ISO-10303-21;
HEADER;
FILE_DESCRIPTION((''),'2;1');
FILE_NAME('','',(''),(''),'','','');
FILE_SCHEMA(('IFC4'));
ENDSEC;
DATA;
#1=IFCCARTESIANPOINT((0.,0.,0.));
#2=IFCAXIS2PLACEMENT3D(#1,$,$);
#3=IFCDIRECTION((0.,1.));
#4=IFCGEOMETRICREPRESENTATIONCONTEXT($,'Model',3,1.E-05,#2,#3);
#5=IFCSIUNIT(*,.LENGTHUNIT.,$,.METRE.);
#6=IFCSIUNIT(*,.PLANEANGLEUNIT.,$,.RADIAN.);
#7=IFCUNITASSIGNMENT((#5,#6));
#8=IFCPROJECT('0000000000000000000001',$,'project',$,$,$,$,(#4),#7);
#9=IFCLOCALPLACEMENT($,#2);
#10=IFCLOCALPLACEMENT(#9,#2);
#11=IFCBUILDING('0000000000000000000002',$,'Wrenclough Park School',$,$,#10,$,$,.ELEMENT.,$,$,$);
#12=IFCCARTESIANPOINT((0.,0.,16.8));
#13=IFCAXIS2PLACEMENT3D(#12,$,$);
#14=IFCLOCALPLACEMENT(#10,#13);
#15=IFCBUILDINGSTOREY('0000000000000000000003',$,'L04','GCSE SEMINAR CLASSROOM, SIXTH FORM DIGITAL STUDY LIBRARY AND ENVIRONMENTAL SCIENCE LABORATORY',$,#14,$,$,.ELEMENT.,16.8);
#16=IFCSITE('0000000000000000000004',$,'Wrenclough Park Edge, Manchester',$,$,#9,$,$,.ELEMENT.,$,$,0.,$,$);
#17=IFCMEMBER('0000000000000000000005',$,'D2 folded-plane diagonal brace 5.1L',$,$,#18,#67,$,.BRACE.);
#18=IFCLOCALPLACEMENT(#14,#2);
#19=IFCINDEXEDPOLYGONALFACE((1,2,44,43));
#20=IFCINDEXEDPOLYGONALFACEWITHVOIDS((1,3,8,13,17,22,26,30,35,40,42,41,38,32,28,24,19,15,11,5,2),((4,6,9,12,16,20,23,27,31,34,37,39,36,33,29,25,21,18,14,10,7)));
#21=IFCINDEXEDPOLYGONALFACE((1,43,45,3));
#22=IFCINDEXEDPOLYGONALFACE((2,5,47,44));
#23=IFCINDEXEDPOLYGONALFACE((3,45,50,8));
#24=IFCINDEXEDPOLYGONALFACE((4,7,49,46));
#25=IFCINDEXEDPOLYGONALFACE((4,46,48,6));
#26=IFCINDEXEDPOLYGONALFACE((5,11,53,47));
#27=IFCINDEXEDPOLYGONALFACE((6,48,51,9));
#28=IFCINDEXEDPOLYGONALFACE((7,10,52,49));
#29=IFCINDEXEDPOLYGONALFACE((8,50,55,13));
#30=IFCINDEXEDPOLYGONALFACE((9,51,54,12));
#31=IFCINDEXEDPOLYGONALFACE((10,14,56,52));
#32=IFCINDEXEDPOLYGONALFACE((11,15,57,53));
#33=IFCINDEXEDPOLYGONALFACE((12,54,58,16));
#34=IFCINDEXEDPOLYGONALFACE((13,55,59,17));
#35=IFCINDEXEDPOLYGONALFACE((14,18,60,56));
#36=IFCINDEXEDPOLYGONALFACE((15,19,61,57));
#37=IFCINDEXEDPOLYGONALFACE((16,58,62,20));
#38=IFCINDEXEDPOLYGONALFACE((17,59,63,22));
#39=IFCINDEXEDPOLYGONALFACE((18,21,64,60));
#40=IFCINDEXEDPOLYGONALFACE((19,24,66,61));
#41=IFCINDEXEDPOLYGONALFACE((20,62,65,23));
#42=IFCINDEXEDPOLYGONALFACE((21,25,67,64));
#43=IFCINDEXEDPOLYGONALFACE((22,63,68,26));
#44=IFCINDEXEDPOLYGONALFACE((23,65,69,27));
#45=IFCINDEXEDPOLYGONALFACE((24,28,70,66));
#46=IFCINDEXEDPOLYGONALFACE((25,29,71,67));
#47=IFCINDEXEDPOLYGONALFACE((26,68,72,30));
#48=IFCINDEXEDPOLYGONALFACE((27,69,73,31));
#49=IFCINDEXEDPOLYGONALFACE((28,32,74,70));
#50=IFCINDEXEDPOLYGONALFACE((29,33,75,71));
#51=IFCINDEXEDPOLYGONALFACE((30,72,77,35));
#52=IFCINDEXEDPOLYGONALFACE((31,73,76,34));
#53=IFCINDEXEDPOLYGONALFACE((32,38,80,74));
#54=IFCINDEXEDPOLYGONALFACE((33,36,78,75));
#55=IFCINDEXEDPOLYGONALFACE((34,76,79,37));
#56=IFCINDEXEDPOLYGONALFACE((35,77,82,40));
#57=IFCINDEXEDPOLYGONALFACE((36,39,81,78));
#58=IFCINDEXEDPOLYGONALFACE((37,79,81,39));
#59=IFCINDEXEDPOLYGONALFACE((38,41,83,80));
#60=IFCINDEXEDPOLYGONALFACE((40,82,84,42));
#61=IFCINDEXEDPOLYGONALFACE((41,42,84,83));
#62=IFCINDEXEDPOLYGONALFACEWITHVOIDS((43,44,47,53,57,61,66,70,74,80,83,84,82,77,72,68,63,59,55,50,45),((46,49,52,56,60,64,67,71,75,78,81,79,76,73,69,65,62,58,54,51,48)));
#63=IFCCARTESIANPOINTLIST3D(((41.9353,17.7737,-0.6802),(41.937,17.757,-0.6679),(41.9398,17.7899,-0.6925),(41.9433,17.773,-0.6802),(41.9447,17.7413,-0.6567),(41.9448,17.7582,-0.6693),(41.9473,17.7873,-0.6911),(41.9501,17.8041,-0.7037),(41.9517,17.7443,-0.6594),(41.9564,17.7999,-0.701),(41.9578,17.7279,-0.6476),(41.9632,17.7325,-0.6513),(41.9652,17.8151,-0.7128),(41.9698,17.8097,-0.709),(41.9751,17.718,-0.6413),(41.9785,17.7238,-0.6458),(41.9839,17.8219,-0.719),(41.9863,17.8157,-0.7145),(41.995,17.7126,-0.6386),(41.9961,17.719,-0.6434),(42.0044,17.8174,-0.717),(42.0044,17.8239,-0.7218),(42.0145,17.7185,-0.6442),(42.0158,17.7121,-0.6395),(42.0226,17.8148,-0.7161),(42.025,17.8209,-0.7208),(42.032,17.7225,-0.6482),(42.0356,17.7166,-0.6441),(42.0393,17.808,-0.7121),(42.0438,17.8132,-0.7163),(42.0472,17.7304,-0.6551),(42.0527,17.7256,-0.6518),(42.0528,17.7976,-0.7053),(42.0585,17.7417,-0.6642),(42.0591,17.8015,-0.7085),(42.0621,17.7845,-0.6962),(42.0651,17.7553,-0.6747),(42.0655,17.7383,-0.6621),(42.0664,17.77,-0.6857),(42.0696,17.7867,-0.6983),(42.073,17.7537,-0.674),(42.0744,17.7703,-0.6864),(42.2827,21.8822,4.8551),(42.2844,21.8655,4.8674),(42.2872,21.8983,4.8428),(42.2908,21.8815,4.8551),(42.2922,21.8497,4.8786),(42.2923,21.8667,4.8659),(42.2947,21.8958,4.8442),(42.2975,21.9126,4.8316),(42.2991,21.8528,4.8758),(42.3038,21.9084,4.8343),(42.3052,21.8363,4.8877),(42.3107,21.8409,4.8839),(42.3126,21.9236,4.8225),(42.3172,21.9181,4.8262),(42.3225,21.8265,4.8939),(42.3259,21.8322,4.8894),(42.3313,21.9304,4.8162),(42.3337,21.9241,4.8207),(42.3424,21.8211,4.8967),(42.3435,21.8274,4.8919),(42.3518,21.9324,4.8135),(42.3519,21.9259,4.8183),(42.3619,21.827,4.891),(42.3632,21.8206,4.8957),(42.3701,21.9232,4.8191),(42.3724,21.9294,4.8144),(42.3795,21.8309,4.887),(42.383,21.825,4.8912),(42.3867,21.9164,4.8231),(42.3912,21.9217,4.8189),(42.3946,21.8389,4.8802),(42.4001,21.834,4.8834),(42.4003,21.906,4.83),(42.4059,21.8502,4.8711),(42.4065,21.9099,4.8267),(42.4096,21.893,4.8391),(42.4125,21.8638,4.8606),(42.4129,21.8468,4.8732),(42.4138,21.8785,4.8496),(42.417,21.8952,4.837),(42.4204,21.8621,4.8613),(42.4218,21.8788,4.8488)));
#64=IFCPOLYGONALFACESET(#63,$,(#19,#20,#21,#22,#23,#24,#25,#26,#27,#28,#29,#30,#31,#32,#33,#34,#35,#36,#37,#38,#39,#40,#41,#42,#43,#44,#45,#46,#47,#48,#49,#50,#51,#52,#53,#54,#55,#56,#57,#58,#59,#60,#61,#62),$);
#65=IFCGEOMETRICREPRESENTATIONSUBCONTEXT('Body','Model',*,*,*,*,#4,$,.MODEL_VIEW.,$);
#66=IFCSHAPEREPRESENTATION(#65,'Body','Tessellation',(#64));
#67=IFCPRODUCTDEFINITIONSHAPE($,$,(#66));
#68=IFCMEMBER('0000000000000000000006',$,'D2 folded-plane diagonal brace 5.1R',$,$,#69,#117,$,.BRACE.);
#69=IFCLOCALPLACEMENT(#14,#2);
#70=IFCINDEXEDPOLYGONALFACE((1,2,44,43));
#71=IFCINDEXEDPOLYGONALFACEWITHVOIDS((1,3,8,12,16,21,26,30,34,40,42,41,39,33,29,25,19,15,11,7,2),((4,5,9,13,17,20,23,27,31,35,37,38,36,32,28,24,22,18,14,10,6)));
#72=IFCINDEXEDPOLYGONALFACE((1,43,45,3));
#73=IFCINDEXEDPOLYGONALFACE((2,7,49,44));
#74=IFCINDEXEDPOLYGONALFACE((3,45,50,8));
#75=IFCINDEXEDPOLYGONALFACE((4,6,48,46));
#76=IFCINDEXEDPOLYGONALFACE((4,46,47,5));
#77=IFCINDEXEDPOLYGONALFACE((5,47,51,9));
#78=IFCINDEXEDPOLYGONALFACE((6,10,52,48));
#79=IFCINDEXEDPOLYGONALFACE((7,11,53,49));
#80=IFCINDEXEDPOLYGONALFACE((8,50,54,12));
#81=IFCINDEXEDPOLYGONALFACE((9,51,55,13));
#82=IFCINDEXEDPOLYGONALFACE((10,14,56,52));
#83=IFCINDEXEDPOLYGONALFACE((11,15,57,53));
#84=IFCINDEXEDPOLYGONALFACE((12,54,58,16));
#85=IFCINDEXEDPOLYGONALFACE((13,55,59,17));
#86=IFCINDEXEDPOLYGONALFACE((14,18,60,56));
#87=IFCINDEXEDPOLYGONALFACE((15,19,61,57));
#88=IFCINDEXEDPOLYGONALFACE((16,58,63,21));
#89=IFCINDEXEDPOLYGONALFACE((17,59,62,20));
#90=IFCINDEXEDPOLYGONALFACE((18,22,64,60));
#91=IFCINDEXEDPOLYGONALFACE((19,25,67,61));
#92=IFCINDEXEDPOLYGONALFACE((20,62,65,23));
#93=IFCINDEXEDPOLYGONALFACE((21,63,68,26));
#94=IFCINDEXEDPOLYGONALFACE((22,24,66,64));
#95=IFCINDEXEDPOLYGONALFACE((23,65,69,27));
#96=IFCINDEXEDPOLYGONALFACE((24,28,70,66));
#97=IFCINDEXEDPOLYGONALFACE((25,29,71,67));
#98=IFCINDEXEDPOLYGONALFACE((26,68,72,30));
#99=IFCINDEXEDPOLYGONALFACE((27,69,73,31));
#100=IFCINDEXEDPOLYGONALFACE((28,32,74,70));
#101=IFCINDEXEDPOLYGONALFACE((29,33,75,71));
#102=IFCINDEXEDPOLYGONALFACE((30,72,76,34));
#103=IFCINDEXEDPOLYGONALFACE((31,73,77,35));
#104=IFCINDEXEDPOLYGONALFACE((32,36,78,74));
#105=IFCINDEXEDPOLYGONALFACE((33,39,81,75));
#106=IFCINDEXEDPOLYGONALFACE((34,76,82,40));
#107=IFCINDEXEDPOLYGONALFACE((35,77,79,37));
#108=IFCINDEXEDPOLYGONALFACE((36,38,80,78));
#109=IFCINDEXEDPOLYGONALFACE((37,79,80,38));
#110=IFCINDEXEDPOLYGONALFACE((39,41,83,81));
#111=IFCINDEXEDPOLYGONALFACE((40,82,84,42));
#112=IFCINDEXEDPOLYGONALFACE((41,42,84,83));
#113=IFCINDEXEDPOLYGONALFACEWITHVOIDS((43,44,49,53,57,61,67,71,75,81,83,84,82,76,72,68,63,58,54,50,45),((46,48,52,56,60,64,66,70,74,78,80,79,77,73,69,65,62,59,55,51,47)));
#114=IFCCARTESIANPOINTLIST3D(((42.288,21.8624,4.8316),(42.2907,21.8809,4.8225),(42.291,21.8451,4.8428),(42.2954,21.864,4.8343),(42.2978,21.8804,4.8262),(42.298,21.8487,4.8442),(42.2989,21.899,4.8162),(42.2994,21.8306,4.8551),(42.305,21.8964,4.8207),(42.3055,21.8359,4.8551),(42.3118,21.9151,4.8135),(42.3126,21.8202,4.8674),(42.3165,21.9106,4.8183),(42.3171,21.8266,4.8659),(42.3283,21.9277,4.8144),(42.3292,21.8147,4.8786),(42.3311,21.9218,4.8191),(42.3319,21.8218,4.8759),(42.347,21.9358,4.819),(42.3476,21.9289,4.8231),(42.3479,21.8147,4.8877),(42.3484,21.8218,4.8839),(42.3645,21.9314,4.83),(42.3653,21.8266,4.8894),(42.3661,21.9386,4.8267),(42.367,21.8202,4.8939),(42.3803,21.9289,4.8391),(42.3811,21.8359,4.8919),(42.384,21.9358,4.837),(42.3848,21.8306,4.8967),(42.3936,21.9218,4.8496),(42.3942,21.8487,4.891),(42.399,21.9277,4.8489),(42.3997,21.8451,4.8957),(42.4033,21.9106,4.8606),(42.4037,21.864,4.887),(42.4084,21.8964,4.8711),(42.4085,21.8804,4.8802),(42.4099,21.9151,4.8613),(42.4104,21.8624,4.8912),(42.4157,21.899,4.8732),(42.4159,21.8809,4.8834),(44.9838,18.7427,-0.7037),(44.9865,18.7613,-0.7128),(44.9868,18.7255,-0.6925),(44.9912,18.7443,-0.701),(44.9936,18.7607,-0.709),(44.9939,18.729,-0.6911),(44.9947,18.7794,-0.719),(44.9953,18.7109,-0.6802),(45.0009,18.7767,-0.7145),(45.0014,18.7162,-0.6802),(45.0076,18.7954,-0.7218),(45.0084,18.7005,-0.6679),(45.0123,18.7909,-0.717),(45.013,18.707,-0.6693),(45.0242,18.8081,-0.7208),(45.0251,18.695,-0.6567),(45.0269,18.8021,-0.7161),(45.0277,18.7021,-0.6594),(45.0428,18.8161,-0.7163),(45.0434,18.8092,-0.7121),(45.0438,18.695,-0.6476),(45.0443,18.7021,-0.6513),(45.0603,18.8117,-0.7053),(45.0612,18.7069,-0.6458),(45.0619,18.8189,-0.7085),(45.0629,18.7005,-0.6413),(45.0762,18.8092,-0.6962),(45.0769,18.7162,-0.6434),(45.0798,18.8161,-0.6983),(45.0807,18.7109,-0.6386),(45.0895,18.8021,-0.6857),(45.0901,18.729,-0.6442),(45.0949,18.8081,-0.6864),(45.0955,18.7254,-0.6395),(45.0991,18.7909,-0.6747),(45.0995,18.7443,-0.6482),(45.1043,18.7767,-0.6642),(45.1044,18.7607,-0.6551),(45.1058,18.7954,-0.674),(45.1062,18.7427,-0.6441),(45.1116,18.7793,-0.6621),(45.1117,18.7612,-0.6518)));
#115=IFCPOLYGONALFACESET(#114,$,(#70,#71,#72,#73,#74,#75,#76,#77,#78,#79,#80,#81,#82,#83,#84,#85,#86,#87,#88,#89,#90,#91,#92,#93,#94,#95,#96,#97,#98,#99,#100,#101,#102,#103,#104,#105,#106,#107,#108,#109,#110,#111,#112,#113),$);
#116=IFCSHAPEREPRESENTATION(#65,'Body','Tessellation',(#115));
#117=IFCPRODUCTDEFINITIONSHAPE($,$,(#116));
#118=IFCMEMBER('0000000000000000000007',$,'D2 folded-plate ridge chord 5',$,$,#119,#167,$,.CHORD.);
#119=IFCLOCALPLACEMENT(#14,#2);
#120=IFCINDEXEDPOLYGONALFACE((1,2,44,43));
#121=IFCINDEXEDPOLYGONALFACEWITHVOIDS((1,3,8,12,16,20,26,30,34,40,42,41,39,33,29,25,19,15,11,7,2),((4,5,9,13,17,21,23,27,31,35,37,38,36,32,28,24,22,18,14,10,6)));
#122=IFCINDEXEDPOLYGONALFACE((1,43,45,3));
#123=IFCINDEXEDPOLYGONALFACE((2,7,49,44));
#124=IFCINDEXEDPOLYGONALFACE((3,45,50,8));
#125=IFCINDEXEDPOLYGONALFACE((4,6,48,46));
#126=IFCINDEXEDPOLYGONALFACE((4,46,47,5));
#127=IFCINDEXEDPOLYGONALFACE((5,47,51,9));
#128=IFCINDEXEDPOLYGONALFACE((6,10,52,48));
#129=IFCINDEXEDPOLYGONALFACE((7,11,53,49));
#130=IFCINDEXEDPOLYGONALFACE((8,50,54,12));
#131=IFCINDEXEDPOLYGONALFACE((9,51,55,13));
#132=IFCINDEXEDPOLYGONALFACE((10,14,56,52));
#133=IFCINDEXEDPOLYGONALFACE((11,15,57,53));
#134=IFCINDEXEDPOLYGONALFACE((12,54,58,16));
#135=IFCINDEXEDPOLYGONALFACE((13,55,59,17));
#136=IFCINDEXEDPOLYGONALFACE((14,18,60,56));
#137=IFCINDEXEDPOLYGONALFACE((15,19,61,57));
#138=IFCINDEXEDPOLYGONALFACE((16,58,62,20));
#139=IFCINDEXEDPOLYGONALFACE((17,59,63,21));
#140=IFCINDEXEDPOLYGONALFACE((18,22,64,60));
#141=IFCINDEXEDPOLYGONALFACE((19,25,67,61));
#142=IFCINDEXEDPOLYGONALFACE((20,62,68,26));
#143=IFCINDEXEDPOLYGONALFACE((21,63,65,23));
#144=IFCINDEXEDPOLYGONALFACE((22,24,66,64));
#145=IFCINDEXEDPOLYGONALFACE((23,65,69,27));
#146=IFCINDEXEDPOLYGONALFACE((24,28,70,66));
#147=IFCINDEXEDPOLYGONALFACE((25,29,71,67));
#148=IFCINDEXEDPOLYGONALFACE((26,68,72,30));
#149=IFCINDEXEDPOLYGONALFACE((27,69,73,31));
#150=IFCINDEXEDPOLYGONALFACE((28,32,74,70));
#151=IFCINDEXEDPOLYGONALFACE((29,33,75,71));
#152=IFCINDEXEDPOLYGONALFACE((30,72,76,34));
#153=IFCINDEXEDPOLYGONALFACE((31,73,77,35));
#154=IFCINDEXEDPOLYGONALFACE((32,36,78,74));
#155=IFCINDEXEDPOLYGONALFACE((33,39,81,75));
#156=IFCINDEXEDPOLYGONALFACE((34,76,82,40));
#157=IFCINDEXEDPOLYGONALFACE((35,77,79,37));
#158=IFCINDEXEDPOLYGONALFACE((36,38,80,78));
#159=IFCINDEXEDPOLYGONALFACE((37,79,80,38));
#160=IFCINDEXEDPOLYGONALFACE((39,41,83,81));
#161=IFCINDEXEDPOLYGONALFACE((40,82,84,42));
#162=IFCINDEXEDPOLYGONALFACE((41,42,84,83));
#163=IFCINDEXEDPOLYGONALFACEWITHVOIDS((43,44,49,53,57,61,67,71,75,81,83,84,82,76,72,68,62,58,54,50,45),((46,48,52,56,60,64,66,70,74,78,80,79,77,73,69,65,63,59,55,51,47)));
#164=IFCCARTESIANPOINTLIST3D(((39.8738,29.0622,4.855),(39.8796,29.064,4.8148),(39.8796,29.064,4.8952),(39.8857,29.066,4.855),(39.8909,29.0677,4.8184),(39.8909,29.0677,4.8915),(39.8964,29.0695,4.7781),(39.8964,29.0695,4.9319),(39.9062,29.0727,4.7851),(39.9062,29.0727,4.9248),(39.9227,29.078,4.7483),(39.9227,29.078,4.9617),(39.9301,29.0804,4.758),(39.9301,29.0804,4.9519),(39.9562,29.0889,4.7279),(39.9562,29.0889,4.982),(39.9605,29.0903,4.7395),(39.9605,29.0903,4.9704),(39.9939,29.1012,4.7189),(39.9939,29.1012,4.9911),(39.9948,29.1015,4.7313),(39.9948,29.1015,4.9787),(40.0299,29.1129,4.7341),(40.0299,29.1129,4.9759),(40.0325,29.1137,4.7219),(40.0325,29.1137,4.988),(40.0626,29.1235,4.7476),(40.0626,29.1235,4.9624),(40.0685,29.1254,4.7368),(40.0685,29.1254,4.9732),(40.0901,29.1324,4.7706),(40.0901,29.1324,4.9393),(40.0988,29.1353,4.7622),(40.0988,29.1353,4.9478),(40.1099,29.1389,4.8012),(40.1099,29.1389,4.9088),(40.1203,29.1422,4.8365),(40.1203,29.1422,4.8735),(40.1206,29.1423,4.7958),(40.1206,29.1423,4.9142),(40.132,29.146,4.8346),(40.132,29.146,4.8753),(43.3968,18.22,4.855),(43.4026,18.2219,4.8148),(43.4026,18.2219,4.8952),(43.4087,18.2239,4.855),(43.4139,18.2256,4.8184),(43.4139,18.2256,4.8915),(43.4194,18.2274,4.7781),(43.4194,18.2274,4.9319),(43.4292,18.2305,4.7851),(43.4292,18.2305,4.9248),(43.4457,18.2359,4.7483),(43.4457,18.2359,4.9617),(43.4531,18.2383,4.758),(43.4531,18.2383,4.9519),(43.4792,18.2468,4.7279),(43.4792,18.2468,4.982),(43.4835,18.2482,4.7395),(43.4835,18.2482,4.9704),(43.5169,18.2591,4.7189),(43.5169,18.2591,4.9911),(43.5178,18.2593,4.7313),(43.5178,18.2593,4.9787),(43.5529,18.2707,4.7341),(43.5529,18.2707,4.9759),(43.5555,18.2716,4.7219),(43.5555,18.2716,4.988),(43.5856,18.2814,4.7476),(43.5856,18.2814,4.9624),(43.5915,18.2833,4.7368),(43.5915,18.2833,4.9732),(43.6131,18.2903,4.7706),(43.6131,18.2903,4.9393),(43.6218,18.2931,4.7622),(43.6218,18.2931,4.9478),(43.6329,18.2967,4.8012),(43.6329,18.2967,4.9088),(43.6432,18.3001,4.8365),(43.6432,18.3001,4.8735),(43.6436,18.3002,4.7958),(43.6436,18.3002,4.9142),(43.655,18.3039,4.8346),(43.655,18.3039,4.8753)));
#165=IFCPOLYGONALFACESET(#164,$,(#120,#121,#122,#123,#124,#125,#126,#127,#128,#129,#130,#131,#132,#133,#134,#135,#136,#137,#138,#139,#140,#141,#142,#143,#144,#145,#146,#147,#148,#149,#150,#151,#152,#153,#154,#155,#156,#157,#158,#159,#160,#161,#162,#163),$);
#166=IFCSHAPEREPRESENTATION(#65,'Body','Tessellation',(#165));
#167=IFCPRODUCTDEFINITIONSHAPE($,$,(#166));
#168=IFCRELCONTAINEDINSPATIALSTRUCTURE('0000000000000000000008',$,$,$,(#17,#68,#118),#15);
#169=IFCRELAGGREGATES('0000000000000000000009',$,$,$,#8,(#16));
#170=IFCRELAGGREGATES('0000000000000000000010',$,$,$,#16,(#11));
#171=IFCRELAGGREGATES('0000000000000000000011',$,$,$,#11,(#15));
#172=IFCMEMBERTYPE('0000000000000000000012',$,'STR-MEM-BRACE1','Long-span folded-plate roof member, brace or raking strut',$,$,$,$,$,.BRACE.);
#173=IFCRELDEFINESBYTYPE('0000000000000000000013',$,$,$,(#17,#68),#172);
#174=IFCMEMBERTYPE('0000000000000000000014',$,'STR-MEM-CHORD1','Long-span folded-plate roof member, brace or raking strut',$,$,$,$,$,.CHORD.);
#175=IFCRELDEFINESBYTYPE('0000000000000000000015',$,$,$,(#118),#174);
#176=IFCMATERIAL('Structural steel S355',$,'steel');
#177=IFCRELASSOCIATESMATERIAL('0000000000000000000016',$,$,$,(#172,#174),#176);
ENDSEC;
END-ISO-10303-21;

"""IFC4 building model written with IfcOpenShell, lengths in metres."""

from ifc_helpers import new_model, si_unit, direction, frame, origin, origin_2d, place, context, subcontext, project, spatial, hollow_circle, extrude, material, material_profile, profile_set, type_object, element, save


model = new_model("IFC4")

# Units and contexts
model_context = context("Model", 3, precision=1e-05, world=origin(), true_north=direction((0.0, 1.0)))
body_context = subcontext(model_context, "Body", "Model", "MODEL_VIEW")
ifc_project = project(units=[si_unit("LENGTHUNIT", "METRE"), si_unit("PLANEANGLEUNIT", "RADIAN")], contexts=[model_context])

# Site, building, storey
site_placement = place(None, origin())
site = spatial("IfcSite", under=ifc_project, at=site_placement, Name="Wrenclough Park Edge, Manchester", CompositionType="ELEMENT", RefElevation=0.0)
building_placement = place(site_placement, origin())
building = spatial("IfcBuilding", under=site, at=building_placement, Name="Wrenclough Park School", CompositionType="ELEMENT")
storey_placement = place(building_placement, frame((0.0, 0.0, 16.8)))
storey = spatial("IfcBuildingStorey", under=building, at=storey_placement, Name="L04", Description="GCSE SEMINAR CLASSROOM, SIXTH FORM DIGITAL STUDY LIBRARY AND ENVIRONMENTAL SCIENCE LABORATORY", CompositionType="ELEMENT", Elevation=16.8)

# Shared definitions
ifc_material_1 = material(Name="Structural steel S355", Category="steel")

# Members
ifc_material_profile_1 = material_profile(ifc_material_1, hollow_circle(Radius=0.0698, WallThickness=0.0081, at=origin_2d()), Name="CHS 139.7x8.0")
ifc_profile_set_1 = profile_set([ifc_material_profile_1], Name="Structural steel S355")
member_type_1 = type_object("IfcMemberType", Name="STR-MEM-BRACE1", Description="Long-span folded-plate roof member, brace or raking strut", PredefinedType="BRACE", material=ifc_profile_set_1)
for number, where, z_axis, x_axis, name in (
    (1, (42.0049, 17.7678, -0.6802), (0.050335, 0.595248, 0.801964), (-0.996444, 0.084261, 0.0), "D2 folded-plane diagonal brace 5.1L"),
    (2, (45.0481, 18.7566, -0.6802), (-0.390583, 0.45199, 0.801966), (-0.756634, -0.653839, 0.0), "D2 folded-plane diagonal brace 5.1R"),
):
    element("IfcMember", number, at=place(storey_placement, frame(where, z_axis=z_axis, x_axis=x_axis)), inside=storey, type_object=member_type_1, Name=name, PredefinedType="BRACE", context=body_context, shape_type="SweptSolid", body=[
        extrude(hollow_circle(Radius=0.0698, WallThickness=0.0081, at=origin_2d()), origin(), (0.0, 0.0, 1.0), 6.9021),
    ])
ifc_material_profile_2 = material_profile(ifc_material_1, hollow_circle(Radius=0.1365, WallThickness=0.0125, at=origin_2d()), Name="CHS 273.0x12.5")
ifc_profile_set_2 = profile_set([ifc_material_profile_2], Name="Structural steel S355")
member_type_2 = type_object("IfcMemberType", Name="STR-MEM-CHORD1", Description="Long-span folded-plate roof member, brace or raking strut", PredefinedType="CHORD", material=ifc_profile_set_2)
member_1_placement = place(storey_placement, frame((43.5266, 18.2622, 4.855), z_axis=(-0.309029, 0.951052, 0.0), x_axis=(-0.951052, -0.309029, 0.0)))
element("IfcMember", 3, at=member_1_placement, inside=storey, type_object=member_type_2, Name="D2 folded-plate ridge chord 5", PredefinedType="CHORD", context=body_context, shape_type="SweptSolid", body=[
    extrude(hollow_circle(Radius=0.1365, WallThickness=0.0125, at=origin_2d()), origin(), (0.0, 0.0, 1.0), 11.4001),
])

save(model, "model.ifc")
